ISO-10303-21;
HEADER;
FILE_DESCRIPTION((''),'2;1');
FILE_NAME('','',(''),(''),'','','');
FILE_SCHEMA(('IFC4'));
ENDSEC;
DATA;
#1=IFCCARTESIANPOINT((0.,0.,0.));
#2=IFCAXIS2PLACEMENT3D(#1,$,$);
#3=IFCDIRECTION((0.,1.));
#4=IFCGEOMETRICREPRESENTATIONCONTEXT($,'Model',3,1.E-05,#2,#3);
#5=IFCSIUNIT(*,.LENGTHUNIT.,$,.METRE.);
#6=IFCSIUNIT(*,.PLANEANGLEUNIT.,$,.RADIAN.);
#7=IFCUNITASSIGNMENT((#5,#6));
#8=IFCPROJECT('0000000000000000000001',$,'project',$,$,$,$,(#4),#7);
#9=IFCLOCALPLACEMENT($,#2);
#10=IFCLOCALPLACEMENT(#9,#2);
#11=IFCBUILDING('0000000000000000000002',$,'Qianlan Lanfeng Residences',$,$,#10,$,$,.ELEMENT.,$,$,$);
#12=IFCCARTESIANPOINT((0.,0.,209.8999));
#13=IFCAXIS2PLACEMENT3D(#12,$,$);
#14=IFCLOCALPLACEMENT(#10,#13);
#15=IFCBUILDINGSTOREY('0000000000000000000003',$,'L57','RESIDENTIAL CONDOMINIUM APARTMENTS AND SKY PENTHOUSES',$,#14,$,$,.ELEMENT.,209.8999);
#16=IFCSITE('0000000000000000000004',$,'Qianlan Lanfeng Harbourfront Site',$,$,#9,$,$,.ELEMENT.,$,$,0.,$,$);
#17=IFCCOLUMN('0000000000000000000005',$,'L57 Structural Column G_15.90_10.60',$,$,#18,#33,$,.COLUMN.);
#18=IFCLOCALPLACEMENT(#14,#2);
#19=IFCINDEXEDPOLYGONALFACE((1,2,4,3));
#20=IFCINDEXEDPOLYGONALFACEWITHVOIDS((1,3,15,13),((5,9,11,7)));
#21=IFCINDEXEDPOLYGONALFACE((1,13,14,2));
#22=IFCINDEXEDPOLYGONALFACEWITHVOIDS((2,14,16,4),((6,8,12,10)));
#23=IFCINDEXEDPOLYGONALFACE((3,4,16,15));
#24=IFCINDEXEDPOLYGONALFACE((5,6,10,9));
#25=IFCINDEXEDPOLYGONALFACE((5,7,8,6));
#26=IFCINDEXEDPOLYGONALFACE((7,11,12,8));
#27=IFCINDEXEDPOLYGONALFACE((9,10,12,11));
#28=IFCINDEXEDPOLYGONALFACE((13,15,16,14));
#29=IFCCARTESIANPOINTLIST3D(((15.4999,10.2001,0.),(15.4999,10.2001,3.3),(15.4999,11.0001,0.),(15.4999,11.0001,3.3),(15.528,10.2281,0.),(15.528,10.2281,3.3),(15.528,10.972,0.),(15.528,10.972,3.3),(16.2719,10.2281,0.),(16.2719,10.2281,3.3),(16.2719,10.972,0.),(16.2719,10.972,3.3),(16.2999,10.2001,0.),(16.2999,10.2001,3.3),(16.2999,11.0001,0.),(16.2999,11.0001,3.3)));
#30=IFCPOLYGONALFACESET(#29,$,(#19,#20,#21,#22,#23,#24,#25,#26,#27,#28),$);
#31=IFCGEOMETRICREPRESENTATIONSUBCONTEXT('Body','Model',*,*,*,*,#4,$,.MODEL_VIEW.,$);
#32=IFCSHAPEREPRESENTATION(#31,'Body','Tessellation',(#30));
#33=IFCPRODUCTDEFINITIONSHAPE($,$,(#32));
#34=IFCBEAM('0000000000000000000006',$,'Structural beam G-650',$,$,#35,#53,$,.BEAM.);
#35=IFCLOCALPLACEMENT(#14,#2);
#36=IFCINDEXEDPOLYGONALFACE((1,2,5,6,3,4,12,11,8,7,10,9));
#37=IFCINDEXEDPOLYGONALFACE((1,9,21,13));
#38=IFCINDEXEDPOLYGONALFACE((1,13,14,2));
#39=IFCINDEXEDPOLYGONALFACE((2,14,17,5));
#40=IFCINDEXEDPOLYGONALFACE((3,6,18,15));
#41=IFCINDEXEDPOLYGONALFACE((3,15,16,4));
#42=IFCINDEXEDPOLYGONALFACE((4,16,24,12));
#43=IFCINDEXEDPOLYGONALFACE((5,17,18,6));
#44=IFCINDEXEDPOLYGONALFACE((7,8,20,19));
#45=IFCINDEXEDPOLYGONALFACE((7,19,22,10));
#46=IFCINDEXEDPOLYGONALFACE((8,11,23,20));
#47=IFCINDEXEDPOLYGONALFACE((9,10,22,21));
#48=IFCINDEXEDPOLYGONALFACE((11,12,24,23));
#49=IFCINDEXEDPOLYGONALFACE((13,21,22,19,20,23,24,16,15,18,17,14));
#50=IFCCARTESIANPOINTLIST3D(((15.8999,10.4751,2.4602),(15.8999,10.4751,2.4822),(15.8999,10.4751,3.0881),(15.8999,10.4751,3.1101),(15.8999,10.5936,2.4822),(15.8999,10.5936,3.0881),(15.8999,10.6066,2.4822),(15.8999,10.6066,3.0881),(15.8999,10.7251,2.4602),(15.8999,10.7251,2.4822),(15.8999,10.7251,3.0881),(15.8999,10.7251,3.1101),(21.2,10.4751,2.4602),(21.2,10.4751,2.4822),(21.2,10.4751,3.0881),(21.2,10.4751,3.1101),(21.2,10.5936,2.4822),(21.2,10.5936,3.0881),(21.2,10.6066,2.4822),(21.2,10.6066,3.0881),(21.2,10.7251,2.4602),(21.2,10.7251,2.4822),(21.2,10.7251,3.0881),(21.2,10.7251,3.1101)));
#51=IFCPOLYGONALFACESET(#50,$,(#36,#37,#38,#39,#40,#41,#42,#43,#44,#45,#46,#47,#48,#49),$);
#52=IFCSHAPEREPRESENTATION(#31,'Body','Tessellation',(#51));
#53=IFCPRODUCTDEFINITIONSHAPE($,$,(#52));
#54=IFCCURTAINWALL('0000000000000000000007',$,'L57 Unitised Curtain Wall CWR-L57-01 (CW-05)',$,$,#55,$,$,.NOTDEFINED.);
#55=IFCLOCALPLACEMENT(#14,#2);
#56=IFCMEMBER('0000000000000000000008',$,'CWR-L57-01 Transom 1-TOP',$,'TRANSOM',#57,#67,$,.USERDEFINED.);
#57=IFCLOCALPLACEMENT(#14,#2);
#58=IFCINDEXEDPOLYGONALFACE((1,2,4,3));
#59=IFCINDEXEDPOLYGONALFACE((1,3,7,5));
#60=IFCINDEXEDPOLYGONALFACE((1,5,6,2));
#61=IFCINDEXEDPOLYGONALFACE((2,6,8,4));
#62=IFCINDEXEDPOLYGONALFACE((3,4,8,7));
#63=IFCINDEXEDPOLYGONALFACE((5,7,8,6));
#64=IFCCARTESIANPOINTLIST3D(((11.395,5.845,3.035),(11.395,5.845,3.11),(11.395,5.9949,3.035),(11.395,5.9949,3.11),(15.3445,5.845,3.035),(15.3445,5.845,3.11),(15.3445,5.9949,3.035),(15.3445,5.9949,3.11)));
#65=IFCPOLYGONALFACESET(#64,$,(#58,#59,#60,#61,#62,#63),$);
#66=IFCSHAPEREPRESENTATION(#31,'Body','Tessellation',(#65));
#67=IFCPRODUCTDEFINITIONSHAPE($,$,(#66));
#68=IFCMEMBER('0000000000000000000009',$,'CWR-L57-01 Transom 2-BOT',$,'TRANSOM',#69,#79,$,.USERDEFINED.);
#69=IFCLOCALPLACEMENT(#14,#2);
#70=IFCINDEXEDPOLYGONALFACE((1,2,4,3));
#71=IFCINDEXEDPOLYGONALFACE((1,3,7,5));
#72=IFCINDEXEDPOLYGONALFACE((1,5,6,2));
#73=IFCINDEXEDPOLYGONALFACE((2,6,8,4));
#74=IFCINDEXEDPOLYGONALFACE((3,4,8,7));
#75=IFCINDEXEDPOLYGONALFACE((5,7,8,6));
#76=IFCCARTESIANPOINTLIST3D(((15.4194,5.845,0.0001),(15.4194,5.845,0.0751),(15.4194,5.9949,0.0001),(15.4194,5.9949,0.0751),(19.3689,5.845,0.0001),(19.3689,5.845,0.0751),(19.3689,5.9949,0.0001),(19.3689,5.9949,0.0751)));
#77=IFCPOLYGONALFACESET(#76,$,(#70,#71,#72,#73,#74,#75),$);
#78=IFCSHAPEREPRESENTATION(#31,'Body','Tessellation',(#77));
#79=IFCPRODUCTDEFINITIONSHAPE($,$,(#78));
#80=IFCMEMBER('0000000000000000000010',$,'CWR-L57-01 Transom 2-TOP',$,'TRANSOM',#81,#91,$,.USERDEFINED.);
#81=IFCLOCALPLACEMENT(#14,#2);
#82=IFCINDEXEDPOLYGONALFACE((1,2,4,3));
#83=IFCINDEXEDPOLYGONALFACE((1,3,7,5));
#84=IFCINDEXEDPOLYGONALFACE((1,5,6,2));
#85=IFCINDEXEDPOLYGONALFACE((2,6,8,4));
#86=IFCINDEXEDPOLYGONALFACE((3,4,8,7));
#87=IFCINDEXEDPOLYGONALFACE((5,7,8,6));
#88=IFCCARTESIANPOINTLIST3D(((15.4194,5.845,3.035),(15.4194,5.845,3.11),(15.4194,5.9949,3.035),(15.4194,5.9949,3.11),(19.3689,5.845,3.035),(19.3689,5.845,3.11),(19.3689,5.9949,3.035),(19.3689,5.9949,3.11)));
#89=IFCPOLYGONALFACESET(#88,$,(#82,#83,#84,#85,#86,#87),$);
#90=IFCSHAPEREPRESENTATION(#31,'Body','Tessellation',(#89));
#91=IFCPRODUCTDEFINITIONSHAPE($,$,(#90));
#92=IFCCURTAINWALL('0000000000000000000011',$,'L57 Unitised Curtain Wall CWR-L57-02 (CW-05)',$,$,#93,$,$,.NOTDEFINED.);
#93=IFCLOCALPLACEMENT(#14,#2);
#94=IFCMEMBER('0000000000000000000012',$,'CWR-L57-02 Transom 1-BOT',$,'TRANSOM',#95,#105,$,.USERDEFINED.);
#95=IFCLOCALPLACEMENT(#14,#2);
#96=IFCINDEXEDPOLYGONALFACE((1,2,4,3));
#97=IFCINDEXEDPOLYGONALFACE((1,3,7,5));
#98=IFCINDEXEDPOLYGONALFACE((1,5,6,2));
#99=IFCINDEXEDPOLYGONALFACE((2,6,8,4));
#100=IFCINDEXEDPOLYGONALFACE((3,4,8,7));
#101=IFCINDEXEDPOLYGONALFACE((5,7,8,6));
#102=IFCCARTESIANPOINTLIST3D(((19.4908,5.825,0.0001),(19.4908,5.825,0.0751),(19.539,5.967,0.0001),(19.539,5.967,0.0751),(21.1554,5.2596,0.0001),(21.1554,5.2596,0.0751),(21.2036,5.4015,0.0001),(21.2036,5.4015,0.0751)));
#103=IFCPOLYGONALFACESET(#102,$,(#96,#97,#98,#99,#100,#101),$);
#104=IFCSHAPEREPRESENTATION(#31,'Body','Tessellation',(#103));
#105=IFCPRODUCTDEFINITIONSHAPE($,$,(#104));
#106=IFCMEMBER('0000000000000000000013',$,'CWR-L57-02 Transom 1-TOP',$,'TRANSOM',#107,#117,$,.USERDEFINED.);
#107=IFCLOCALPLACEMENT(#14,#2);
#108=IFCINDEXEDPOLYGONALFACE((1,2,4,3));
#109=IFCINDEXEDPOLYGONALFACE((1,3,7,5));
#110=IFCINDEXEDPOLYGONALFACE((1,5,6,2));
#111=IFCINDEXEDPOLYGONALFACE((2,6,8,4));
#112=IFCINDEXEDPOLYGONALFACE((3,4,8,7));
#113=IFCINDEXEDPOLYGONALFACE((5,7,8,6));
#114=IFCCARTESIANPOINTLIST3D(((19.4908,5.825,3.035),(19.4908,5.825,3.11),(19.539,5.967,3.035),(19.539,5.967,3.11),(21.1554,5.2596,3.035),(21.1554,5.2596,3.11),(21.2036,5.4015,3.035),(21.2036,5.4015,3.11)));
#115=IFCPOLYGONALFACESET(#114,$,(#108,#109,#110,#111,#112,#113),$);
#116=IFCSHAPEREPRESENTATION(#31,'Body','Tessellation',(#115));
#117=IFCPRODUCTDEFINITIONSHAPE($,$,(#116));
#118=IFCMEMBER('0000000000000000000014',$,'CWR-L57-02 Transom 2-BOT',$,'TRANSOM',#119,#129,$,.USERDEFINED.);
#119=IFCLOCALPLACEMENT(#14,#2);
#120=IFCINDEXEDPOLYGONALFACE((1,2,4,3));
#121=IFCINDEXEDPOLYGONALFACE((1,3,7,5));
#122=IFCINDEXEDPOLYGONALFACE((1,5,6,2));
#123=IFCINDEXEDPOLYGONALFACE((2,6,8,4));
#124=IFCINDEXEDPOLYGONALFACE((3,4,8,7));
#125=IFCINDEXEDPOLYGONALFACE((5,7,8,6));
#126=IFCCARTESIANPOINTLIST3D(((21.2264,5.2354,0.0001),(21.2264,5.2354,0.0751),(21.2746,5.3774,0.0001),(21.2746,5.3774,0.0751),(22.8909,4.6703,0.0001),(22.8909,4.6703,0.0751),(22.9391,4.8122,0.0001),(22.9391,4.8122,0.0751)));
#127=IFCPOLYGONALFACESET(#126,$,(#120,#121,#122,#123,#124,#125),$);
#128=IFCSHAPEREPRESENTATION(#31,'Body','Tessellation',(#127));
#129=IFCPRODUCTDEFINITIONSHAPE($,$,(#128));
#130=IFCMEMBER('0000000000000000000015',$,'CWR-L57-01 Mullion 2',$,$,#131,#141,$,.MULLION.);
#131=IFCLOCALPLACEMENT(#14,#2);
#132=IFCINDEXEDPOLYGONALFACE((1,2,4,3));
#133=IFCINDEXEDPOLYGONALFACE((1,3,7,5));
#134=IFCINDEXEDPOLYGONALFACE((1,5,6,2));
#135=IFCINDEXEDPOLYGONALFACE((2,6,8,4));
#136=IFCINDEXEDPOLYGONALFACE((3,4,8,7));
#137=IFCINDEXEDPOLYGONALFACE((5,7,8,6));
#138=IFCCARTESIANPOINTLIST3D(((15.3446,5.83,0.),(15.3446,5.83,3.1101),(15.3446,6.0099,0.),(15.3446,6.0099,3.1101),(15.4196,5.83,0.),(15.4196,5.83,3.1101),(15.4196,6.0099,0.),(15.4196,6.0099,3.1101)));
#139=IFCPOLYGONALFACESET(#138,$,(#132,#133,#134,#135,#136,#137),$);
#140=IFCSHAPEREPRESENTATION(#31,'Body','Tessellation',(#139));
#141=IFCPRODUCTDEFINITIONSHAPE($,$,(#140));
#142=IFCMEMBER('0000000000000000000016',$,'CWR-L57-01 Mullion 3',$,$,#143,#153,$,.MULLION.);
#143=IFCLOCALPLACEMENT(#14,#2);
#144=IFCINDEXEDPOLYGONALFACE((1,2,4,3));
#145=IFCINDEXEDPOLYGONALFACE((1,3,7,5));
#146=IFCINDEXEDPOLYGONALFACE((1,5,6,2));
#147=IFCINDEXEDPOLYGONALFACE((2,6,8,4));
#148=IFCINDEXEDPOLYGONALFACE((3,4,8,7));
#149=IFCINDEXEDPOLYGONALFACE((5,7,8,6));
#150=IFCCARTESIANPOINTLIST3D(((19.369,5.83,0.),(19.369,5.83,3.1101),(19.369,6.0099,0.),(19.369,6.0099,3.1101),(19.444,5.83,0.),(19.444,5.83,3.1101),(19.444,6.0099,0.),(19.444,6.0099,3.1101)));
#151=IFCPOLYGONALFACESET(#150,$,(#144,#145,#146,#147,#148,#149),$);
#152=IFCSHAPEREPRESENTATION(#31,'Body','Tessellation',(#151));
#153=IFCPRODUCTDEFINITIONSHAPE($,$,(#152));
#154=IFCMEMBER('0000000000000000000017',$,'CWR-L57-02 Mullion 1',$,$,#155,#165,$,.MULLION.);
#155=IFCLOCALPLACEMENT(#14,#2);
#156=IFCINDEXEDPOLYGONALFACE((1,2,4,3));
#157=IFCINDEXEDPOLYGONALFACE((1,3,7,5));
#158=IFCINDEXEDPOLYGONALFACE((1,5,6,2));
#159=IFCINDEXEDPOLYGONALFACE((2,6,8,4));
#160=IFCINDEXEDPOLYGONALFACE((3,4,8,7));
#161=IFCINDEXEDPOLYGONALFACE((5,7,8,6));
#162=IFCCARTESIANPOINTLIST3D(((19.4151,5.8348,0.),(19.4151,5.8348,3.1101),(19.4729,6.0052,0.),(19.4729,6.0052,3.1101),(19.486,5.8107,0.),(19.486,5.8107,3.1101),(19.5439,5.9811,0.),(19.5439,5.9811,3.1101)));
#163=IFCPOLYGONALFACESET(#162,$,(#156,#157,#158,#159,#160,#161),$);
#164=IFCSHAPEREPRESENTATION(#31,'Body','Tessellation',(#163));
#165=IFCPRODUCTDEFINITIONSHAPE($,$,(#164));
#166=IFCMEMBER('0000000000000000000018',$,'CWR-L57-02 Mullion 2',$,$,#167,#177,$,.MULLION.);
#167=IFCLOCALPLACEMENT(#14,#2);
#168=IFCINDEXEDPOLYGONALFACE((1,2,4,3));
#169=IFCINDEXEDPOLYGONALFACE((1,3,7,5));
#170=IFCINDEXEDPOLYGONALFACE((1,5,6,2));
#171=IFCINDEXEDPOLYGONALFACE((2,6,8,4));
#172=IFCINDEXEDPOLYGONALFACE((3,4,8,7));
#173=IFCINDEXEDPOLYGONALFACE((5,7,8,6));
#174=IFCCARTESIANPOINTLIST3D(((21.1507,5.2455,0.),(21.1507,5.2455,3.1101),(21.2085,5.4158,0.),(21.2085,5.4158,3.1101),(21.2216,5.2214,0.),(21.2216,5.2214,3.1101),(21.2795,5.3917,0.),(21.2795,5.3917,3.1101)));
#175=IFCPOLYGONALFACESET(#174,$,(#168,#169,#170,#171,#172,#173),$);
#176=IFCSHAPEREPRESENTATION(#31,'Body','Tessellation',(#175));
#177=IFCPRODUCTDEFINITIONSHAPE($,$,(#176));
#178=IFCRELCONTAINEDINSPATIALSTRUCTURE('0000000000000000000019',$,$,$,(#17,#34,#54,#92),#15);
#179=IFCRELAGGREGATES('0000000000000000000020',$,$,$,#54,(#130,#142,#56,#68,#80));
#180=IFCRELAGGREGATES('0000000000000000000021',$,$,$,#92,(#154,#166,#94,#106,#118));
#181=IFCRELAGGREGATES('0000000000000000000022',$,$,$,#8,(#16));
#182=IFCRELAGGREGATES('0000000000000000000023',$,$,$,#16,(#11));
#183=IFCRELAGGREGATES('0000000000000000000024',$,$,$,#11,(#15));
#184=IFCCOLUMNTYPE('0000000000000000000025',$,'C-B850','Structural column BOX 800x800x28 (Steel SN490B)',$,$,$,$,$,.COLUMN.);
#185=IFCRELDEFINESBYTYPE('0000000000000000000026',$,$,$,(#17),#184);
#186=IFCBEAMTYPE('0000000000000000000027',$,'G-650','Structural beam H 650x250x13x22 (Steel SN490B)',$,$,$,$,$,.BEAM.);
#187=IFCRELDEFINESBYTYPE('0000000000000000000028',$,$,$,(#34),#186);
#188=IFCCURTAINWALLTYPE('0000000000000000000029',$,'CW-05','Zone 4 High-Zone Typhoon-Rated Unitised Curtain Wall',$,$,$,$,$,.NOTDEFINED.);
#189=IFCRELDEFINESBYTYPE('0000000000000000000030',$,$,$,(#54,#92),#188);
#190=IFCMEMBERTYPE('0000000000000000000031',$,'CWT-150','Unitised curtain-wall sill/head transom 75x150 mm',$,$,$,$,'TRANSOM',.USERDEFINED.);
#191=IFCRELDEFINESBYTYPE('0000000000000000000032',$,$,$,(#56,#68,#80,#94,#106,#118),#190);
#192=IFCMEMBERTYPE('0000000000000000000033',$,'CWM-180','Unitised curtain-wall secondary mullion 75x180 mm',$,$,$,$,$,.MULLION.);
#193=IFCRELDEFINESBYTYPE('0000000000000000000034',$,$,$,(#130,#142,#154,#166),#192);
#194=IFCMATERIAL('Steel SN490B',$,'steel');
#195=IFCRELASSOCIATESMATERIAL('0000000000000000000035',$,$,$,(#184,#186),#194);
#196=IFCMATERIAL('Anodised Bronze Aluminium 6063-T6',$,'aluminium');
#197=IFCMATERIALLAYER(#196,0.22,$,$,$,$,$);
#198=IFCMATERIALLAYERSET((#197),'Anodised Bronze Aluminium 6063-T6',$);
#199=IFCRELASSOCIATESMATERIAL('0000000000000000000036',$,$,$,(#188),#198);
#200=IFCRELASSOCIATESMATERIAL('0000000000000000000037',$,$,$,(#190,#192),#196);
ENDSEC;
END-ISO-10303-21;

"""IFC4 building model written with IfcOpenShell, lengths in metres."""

from ifc_helpers import new_model, si_unit, direction, frame, origin, origin_2d, place, context, subcontext, project, spatial, rectangle, hollow_rectangle, i_section, extrude, source, transform, mapped, material, layer, layer_set, material_profile, profile_set, type_object, element, aggregate, save


model = new_model("IFC4")

# Units and contexts
model_context = context("Model", 3, precision=1e-05, world=origin(), true_north=direction((0.0, 1.0)))
body_context = subcontext(model_context, "Body", "Model", "MODEL_VIEW")
ifc_project = project(units=[si_unit("LENGTHUNIT", "METRE"), si_unit("PLANEANGLEUNIT", "RADIAN")], contexts=[model_context])

# Site, building, storey
site_placement = place(None, origin())
site = spatial("IfcSite", under=ifc_project, at=site_placement, Name="Qianlan Lanfeng Harbourfront Site", CompositionType="ELEMENT", RefElevation=0.0)
building_placement = place(site_placement, origin())
building = spatial("IfcBuilding", under=site, at=building_placement, Name="Qianlan Lanfeng Residences", CompositionType="ELEMENT")
storey_placement = place(building_placement, frame((0.0, 0.0, 209.8999)))
storey = spatial("IfcBuildingStorey", under=building, at=storey_placement, Name="L57", Description="RESIDENTIAL CONDOMINIUM APARTMENTS AND SKY PENTHOUSES", CompositionType="ELEMENT", Elevation=209.8999)

# Column
ifc_material_1 = material(Name="Steel SN490B", Category="steel")
ifc_material_profile_1 = material_profile(ifc_material_1, hollow_rectangle(XDim=0.8, YDim=0.8, WallThickness=0.0281, at=origin_2d()), Name="BOX 800x800x28")
ifc_profile_set_1 = profile_set([ifc_material_profile_1], Name="Steel SN490B")
column_type = type_object("IfcColumnType", Name="C-B850", Description="Structural column BOX 800x800x28 (Steel SN490B)", PredefinedType="COLUMN", material=ifc_profile_set_1)
column_placement = place(storey_placement, frame((15.8999, 10.6001, 0.0), z_axis=(0.0, 0.0, 1.0), x_axis=(1.0, 0.0, 0.0)))
element("IfcColumn", 1, at=column_placement, inside=storey, type_object=column_type, Name="L57 Structural Column G_15.90_10.60", PredefinedType="COLUMN", context=body_context, shape_type="SweptSolid", body=[
    extrude(hollow_rectangle(XDim=0.8, YDim=0.8, WallThickness=0.0281, at=origin_2d()), origin(), (0.0, 0.0, 1.0), 3.3),
])

# Beam
ifc_material_profile_2 = material_profile(ifc_material_1, i_section(OverallWidth=0.25, OverallDepth=0.6499, WebThickness=0.0129, FlangeThickness=0.022, at=origin_2d()), Name="H 650x250x13x22")
ifc_profile_set_2 = profile_set([ifc_material_profile_2], Name="Steel SN490B")
beam_type = type_object("IfcBeamType", Name="G-650", Description="Structural beam H 650x250x13x22 (Steel SN490B)", PredefinedType="BEAM", material=ifc_profile_set_2)
beam_placement = place(storey_placement, frame((15.8999, 10.6001, 2.7852), z_axis=(1.0, 0.0, 0.0), x_axis=(0.0, 1.0, 0.0)))
element("IfcBeam", 2, at=beam_placement, inside=storey, type_object=beam_type, Name="Structural beam G-650", PredefinedType="BEAM", context=body_context, shape_type="SweptSolid", body=[
    extrude(i_section(OverallWidth=0.25, OverallDepth=0.6499, WebThickness=0.0129, FlangeThickness=0.022, at=origin_2d()), origin(), (0.0, 0.0, 1.0), 5.3),
])

# Curtain walls, members
ifc_material_2 = material(Name="Anodised Bronze Aluminium 6063-T6", Category="aluminium")
ifc_layer_1 = layer(ifc_material_2, 0.22)
ifc_layer_set_1 = layer_set([ifc_layer_1], Name="Anodised Bronze Aluminium 6063-T6")
curtain_wall_type = type_object("IfcCurtainWallType", Name="CW-05", Description="Zone 4 High-Zone Typhoon-Rated Unitised Curtain Wall", PredefinedType="NOTDEFINED", material=ifc_layer_set_1)
curtain_wall_1_placement = place(storey_placement, origin())
curtain_wall_1 = element("IfcCurtainWall", 3, at=curtain_wall_1_placement, inside=storey, type_object=curtain_wall_type, Name="L57 Unitised Curtain Wall CWR-L57-01 (CW-05)", PredefinedType="NOTDEFINED")
ifc_material_profile_3 = material_profile(ifc_material_2, rectangle(XDim=0.075, YDim=0.1499, at=origin_2d()), Name="ALU TRANSOM 75x150")
ifc_profile_set_3 = profile_set([ifc_material_profile_3], Name="Anodised Bronze Aluminium 6063-T6")
member_type_1 = type_object("IfcMemberType", Name="CWT-150", Description="Unitised curtain-wall sill/head transom 75x150 mm", ElementType="TRANSOM", PredefinedType="USERDEFINED", material=ifc_profile_set_3)
shared_shape_1 = source(origin(), body_context, "Body", "SweptSolid", [
    extrude(rectangle(XDim=0.075, YDim=0.1499, at=origin_2d()), origin(), (0.0, 0.0, 1.0), 3.9495),
])
member_1_placement = place(storey_placement, frame((11.395, 5.9199, 3.0725), z_axis=(1.0, 0.0, 0.0), x_axis=(0.0, 0.0, 1.0)))
member_1 = element("IfcMember", 4, at=member_1_placement, type_object=member_type_1, Name="CWR-L57-01 Transom 1-TOP", ObjectType="TRANSOM", PredefinedType="USERDEFINED", context=body_context, shape_type="MappedRepresentation", body=[
    mapped(shared_shape_1, transform((0.0, 0.0, 0.0), scale=1.0)),
])
member_2_placement = place(storey_placement, frame((15.4194, 5.9199, 0.0376), z_axis=(1.0, 0.0, 0.0), x_axis=(0.0, 0.0, 1.0)))
member_2 = element("IfcMember", 5, at=member_2_placement, type_object=member_type_1, Name="CWR-L57-01 Transom 2-BOT", ObjectType="TRANSOM", PredefinedType="USERDEFINED", context=body_context, shape_type="MappedRepresentation", body=[
    mapped(shared_shape_1, transform((0.0, 0.0, 0.0), scale=1.0)),
])
member_3_placement = place(storey_placement, frame((15.4194, 5.9199, 3.0725), z_axis=(1.0, 0.0, 0.0), x_axis=(0.0, 0.0, 1.0)))
member_3 = element("IfcMember", 6, at=member_3_placement, type_object=member_type_1, Name="CWR-L57-01 Transom 2-TOP", ObjectType="TRANSOM", PredefinedType="USERDEFINED", context=body_context, shape_type="MappedRepresentation", body=[
    mapped(shared_shape_1, transform((0.0, 0.0, 0.0), scale=1.0)),
])
curtain_wall_2_placement = place(storey_placement, origin())
curtain_wall_2 = element("IfcCurtainWall", 7, at=curtain_wall_2_placement, inside=storey, type_object=curtain_wall_type, Name="L57 Unitised Curtain Wall CWR-L57-02 (CW-05)", PredefinedType="NOTDEFINED")
shared_shape_2 = source(origin(), body_context, "Body", "SweptSolid", [
    extrude(rectangle(XDim=0.075, YDim=0.1499, at=origin_2d()), origin(), (0.0, 0.0, 1.0), 1.7581),
])
member_4_placement = place(storey_placement, frame((19.5149, 5.896, 0.0376), z_axis=(0.946862, -0.321639, 0.0), x_axis=(0.0, 0.0, 1.0)))
member_4 = element("IfcMember", 8, at=member_4_placement, type_object=member_type_1, Name="CWR-L57-02 Transom 1-BOT", ObjectType="TRANSOM", PredefinedType="USERDEFINED", context=body_context, shape_type="MappedRepresentation", body=[
    mapped(shared_shape_2, transform((0.0, 0.0, 0.0), scale=1.0)),
])
member_5_placement = place(storey_placement, frame((19.5149, 5.896, 3.0725), z_axis=(0.946862, -0.321639, 0.0), x_axis=(0.0, 0.0, 1.0)))
member_5 = element("IfcMember", 9, at=member_5_placement, type_object=member_type_1, Name="CWR-L57-02 Transom 1-TOP", ObjectType="TRANSOM", PredefinedType="USERDEFINED", context=body_context, shape_type="MappedRepresentation", body=[
    mapped(shared_shape_2, transform((0.0, 0.0, 0.0), scale=1.0)),
])
shared_shape_3 = source(origin(), body_context, "Body", "SweptSolid", [
    extrude(rectangle(XDim=0.075, YDim=0.1499, at=origin_2d()), origin(), (0.0, 0.0, 1.0), 1.7578),
])
member_6_placement = place(storey_placement, frame((21.2505, 5.3064, 0.0376), z_axis=(0.946905, -0.321514, 0.0), x_axis=(0.0, 0.0, 1.0)))
member_6 = element("IfcMember", 10, at=member_6_placement, type_object=member_type_1, Name="CWR-L57-02 Transom 2-BOT", ObjectType="TRANSOM", PredefinedType="USERDEFINED", context=body_context, shape_type="MappedRepresentation", body=[
    mapped(shared_shape_3, transform((0.0, 0.0, 0.0), scale=1.0)),
])

# Members
ifc_material_profile_4 = material_profile(ifc_material_2, rectangle(XDim=0.075, YDim=0.1799, at=origin_2d()), Name="ALU MULLION 75x180")
ifc_profile_set_4 = profile_set([ifc_material_profile_4], Name="Anodised Bronze Aluminium 6063-T6")
member_type_2 = type_object("IfcMemberType", Name="CWM-180", Description="Unitised curtain-wall secondary mullion 75x180 mm", PredefinedType="MULLION", material=ifc_profile_set_4)
shared_shape_4 = source(origin(), body_context, "Body", "SweptSolid", [
    extrude(rectangle(XDim=0.075, YDim=0.1799, at=origin_2d()), origin(), (0.0, 0.0, 1.0), 3.1101),
])
member_7_placement = place(storey_placement, frame((15.3821, 5.9199, 0.0), z_axis=(0.0, 0.0, 1.0), x_axis=(1.0, 0.0, 0.0)))
member_7 = element("IfcMember", 11, at=member_7_placement, type_object=member_type_2, Name="CWR-L57-01 Mullion 2", PredefinedType="MULLION", context=body_context, shape_type="MappedRepresentation", body=[
    mapped(shared_shape_4, transform((0.0, 0.0, 0.0), scale=1.0)),
])
member_8_placement = place(storey_placement, frame((19.4065, 5.9199, 0.0), z_axis=(0.0, 0.0, 1.0), x_axis=(1.0, 0.0, 0.0)))
member_8 = element("IfcMember", 12, at=member_8_placement, type_object=member_type_2, Name="CWR-L57-01 Mullion 3", PredefinedType="MULLION", context=body_context, shape_type="MappedRepresentation", body=[
    mapped(shared_shape_4, transform((0.0, 0.0, 0.0), scale=1.0)),
])
member_9_placement = place(storey_placement, frame((19.4795, 5.908, 0.0), z_axis=(0.0, 0.0, 1.0), x_axis=(0.946877, -0.321596, 0.0)))
member_9 = element("IfcMember", 13, at=member_9_placement, type_object=member_type_2, Name="CWR-L57-02 Mullion 1", PredefinedType="MULLION", context=body_context, shape_type="MappedRepresentation", body=[
    mapped(shared_shape_4, transform((0.0, 0.0, 0.0), scale=1.0)),
])
member_10_placement = place(storey_placement, frame((21.2151, 5.3186, 0.0), z_axis=(0.0, 0.0, 1.0), x_axis=(0.946877, -0.321596, 0.0)))
member_10 = element("IfcMember", 14, at=member_10_placement, type_object=member_type_2, Name="CWR-L57-02 Mullion 2", PredefinedType="MULLION", context=body_context, shape_type="MappedRepresentation", body=[
    mapped(shared_shape_4, transform((0.0, 0.0, 0.0), scale=1.0)),
])

aggregate(curtain_wall_1, [member_7, member_8, member_1, member_2, member_3])
aggregate(curtain_wall_2, [member_9, member_10, member_4, member_5, member_6])

save(model, "model.ifc")
